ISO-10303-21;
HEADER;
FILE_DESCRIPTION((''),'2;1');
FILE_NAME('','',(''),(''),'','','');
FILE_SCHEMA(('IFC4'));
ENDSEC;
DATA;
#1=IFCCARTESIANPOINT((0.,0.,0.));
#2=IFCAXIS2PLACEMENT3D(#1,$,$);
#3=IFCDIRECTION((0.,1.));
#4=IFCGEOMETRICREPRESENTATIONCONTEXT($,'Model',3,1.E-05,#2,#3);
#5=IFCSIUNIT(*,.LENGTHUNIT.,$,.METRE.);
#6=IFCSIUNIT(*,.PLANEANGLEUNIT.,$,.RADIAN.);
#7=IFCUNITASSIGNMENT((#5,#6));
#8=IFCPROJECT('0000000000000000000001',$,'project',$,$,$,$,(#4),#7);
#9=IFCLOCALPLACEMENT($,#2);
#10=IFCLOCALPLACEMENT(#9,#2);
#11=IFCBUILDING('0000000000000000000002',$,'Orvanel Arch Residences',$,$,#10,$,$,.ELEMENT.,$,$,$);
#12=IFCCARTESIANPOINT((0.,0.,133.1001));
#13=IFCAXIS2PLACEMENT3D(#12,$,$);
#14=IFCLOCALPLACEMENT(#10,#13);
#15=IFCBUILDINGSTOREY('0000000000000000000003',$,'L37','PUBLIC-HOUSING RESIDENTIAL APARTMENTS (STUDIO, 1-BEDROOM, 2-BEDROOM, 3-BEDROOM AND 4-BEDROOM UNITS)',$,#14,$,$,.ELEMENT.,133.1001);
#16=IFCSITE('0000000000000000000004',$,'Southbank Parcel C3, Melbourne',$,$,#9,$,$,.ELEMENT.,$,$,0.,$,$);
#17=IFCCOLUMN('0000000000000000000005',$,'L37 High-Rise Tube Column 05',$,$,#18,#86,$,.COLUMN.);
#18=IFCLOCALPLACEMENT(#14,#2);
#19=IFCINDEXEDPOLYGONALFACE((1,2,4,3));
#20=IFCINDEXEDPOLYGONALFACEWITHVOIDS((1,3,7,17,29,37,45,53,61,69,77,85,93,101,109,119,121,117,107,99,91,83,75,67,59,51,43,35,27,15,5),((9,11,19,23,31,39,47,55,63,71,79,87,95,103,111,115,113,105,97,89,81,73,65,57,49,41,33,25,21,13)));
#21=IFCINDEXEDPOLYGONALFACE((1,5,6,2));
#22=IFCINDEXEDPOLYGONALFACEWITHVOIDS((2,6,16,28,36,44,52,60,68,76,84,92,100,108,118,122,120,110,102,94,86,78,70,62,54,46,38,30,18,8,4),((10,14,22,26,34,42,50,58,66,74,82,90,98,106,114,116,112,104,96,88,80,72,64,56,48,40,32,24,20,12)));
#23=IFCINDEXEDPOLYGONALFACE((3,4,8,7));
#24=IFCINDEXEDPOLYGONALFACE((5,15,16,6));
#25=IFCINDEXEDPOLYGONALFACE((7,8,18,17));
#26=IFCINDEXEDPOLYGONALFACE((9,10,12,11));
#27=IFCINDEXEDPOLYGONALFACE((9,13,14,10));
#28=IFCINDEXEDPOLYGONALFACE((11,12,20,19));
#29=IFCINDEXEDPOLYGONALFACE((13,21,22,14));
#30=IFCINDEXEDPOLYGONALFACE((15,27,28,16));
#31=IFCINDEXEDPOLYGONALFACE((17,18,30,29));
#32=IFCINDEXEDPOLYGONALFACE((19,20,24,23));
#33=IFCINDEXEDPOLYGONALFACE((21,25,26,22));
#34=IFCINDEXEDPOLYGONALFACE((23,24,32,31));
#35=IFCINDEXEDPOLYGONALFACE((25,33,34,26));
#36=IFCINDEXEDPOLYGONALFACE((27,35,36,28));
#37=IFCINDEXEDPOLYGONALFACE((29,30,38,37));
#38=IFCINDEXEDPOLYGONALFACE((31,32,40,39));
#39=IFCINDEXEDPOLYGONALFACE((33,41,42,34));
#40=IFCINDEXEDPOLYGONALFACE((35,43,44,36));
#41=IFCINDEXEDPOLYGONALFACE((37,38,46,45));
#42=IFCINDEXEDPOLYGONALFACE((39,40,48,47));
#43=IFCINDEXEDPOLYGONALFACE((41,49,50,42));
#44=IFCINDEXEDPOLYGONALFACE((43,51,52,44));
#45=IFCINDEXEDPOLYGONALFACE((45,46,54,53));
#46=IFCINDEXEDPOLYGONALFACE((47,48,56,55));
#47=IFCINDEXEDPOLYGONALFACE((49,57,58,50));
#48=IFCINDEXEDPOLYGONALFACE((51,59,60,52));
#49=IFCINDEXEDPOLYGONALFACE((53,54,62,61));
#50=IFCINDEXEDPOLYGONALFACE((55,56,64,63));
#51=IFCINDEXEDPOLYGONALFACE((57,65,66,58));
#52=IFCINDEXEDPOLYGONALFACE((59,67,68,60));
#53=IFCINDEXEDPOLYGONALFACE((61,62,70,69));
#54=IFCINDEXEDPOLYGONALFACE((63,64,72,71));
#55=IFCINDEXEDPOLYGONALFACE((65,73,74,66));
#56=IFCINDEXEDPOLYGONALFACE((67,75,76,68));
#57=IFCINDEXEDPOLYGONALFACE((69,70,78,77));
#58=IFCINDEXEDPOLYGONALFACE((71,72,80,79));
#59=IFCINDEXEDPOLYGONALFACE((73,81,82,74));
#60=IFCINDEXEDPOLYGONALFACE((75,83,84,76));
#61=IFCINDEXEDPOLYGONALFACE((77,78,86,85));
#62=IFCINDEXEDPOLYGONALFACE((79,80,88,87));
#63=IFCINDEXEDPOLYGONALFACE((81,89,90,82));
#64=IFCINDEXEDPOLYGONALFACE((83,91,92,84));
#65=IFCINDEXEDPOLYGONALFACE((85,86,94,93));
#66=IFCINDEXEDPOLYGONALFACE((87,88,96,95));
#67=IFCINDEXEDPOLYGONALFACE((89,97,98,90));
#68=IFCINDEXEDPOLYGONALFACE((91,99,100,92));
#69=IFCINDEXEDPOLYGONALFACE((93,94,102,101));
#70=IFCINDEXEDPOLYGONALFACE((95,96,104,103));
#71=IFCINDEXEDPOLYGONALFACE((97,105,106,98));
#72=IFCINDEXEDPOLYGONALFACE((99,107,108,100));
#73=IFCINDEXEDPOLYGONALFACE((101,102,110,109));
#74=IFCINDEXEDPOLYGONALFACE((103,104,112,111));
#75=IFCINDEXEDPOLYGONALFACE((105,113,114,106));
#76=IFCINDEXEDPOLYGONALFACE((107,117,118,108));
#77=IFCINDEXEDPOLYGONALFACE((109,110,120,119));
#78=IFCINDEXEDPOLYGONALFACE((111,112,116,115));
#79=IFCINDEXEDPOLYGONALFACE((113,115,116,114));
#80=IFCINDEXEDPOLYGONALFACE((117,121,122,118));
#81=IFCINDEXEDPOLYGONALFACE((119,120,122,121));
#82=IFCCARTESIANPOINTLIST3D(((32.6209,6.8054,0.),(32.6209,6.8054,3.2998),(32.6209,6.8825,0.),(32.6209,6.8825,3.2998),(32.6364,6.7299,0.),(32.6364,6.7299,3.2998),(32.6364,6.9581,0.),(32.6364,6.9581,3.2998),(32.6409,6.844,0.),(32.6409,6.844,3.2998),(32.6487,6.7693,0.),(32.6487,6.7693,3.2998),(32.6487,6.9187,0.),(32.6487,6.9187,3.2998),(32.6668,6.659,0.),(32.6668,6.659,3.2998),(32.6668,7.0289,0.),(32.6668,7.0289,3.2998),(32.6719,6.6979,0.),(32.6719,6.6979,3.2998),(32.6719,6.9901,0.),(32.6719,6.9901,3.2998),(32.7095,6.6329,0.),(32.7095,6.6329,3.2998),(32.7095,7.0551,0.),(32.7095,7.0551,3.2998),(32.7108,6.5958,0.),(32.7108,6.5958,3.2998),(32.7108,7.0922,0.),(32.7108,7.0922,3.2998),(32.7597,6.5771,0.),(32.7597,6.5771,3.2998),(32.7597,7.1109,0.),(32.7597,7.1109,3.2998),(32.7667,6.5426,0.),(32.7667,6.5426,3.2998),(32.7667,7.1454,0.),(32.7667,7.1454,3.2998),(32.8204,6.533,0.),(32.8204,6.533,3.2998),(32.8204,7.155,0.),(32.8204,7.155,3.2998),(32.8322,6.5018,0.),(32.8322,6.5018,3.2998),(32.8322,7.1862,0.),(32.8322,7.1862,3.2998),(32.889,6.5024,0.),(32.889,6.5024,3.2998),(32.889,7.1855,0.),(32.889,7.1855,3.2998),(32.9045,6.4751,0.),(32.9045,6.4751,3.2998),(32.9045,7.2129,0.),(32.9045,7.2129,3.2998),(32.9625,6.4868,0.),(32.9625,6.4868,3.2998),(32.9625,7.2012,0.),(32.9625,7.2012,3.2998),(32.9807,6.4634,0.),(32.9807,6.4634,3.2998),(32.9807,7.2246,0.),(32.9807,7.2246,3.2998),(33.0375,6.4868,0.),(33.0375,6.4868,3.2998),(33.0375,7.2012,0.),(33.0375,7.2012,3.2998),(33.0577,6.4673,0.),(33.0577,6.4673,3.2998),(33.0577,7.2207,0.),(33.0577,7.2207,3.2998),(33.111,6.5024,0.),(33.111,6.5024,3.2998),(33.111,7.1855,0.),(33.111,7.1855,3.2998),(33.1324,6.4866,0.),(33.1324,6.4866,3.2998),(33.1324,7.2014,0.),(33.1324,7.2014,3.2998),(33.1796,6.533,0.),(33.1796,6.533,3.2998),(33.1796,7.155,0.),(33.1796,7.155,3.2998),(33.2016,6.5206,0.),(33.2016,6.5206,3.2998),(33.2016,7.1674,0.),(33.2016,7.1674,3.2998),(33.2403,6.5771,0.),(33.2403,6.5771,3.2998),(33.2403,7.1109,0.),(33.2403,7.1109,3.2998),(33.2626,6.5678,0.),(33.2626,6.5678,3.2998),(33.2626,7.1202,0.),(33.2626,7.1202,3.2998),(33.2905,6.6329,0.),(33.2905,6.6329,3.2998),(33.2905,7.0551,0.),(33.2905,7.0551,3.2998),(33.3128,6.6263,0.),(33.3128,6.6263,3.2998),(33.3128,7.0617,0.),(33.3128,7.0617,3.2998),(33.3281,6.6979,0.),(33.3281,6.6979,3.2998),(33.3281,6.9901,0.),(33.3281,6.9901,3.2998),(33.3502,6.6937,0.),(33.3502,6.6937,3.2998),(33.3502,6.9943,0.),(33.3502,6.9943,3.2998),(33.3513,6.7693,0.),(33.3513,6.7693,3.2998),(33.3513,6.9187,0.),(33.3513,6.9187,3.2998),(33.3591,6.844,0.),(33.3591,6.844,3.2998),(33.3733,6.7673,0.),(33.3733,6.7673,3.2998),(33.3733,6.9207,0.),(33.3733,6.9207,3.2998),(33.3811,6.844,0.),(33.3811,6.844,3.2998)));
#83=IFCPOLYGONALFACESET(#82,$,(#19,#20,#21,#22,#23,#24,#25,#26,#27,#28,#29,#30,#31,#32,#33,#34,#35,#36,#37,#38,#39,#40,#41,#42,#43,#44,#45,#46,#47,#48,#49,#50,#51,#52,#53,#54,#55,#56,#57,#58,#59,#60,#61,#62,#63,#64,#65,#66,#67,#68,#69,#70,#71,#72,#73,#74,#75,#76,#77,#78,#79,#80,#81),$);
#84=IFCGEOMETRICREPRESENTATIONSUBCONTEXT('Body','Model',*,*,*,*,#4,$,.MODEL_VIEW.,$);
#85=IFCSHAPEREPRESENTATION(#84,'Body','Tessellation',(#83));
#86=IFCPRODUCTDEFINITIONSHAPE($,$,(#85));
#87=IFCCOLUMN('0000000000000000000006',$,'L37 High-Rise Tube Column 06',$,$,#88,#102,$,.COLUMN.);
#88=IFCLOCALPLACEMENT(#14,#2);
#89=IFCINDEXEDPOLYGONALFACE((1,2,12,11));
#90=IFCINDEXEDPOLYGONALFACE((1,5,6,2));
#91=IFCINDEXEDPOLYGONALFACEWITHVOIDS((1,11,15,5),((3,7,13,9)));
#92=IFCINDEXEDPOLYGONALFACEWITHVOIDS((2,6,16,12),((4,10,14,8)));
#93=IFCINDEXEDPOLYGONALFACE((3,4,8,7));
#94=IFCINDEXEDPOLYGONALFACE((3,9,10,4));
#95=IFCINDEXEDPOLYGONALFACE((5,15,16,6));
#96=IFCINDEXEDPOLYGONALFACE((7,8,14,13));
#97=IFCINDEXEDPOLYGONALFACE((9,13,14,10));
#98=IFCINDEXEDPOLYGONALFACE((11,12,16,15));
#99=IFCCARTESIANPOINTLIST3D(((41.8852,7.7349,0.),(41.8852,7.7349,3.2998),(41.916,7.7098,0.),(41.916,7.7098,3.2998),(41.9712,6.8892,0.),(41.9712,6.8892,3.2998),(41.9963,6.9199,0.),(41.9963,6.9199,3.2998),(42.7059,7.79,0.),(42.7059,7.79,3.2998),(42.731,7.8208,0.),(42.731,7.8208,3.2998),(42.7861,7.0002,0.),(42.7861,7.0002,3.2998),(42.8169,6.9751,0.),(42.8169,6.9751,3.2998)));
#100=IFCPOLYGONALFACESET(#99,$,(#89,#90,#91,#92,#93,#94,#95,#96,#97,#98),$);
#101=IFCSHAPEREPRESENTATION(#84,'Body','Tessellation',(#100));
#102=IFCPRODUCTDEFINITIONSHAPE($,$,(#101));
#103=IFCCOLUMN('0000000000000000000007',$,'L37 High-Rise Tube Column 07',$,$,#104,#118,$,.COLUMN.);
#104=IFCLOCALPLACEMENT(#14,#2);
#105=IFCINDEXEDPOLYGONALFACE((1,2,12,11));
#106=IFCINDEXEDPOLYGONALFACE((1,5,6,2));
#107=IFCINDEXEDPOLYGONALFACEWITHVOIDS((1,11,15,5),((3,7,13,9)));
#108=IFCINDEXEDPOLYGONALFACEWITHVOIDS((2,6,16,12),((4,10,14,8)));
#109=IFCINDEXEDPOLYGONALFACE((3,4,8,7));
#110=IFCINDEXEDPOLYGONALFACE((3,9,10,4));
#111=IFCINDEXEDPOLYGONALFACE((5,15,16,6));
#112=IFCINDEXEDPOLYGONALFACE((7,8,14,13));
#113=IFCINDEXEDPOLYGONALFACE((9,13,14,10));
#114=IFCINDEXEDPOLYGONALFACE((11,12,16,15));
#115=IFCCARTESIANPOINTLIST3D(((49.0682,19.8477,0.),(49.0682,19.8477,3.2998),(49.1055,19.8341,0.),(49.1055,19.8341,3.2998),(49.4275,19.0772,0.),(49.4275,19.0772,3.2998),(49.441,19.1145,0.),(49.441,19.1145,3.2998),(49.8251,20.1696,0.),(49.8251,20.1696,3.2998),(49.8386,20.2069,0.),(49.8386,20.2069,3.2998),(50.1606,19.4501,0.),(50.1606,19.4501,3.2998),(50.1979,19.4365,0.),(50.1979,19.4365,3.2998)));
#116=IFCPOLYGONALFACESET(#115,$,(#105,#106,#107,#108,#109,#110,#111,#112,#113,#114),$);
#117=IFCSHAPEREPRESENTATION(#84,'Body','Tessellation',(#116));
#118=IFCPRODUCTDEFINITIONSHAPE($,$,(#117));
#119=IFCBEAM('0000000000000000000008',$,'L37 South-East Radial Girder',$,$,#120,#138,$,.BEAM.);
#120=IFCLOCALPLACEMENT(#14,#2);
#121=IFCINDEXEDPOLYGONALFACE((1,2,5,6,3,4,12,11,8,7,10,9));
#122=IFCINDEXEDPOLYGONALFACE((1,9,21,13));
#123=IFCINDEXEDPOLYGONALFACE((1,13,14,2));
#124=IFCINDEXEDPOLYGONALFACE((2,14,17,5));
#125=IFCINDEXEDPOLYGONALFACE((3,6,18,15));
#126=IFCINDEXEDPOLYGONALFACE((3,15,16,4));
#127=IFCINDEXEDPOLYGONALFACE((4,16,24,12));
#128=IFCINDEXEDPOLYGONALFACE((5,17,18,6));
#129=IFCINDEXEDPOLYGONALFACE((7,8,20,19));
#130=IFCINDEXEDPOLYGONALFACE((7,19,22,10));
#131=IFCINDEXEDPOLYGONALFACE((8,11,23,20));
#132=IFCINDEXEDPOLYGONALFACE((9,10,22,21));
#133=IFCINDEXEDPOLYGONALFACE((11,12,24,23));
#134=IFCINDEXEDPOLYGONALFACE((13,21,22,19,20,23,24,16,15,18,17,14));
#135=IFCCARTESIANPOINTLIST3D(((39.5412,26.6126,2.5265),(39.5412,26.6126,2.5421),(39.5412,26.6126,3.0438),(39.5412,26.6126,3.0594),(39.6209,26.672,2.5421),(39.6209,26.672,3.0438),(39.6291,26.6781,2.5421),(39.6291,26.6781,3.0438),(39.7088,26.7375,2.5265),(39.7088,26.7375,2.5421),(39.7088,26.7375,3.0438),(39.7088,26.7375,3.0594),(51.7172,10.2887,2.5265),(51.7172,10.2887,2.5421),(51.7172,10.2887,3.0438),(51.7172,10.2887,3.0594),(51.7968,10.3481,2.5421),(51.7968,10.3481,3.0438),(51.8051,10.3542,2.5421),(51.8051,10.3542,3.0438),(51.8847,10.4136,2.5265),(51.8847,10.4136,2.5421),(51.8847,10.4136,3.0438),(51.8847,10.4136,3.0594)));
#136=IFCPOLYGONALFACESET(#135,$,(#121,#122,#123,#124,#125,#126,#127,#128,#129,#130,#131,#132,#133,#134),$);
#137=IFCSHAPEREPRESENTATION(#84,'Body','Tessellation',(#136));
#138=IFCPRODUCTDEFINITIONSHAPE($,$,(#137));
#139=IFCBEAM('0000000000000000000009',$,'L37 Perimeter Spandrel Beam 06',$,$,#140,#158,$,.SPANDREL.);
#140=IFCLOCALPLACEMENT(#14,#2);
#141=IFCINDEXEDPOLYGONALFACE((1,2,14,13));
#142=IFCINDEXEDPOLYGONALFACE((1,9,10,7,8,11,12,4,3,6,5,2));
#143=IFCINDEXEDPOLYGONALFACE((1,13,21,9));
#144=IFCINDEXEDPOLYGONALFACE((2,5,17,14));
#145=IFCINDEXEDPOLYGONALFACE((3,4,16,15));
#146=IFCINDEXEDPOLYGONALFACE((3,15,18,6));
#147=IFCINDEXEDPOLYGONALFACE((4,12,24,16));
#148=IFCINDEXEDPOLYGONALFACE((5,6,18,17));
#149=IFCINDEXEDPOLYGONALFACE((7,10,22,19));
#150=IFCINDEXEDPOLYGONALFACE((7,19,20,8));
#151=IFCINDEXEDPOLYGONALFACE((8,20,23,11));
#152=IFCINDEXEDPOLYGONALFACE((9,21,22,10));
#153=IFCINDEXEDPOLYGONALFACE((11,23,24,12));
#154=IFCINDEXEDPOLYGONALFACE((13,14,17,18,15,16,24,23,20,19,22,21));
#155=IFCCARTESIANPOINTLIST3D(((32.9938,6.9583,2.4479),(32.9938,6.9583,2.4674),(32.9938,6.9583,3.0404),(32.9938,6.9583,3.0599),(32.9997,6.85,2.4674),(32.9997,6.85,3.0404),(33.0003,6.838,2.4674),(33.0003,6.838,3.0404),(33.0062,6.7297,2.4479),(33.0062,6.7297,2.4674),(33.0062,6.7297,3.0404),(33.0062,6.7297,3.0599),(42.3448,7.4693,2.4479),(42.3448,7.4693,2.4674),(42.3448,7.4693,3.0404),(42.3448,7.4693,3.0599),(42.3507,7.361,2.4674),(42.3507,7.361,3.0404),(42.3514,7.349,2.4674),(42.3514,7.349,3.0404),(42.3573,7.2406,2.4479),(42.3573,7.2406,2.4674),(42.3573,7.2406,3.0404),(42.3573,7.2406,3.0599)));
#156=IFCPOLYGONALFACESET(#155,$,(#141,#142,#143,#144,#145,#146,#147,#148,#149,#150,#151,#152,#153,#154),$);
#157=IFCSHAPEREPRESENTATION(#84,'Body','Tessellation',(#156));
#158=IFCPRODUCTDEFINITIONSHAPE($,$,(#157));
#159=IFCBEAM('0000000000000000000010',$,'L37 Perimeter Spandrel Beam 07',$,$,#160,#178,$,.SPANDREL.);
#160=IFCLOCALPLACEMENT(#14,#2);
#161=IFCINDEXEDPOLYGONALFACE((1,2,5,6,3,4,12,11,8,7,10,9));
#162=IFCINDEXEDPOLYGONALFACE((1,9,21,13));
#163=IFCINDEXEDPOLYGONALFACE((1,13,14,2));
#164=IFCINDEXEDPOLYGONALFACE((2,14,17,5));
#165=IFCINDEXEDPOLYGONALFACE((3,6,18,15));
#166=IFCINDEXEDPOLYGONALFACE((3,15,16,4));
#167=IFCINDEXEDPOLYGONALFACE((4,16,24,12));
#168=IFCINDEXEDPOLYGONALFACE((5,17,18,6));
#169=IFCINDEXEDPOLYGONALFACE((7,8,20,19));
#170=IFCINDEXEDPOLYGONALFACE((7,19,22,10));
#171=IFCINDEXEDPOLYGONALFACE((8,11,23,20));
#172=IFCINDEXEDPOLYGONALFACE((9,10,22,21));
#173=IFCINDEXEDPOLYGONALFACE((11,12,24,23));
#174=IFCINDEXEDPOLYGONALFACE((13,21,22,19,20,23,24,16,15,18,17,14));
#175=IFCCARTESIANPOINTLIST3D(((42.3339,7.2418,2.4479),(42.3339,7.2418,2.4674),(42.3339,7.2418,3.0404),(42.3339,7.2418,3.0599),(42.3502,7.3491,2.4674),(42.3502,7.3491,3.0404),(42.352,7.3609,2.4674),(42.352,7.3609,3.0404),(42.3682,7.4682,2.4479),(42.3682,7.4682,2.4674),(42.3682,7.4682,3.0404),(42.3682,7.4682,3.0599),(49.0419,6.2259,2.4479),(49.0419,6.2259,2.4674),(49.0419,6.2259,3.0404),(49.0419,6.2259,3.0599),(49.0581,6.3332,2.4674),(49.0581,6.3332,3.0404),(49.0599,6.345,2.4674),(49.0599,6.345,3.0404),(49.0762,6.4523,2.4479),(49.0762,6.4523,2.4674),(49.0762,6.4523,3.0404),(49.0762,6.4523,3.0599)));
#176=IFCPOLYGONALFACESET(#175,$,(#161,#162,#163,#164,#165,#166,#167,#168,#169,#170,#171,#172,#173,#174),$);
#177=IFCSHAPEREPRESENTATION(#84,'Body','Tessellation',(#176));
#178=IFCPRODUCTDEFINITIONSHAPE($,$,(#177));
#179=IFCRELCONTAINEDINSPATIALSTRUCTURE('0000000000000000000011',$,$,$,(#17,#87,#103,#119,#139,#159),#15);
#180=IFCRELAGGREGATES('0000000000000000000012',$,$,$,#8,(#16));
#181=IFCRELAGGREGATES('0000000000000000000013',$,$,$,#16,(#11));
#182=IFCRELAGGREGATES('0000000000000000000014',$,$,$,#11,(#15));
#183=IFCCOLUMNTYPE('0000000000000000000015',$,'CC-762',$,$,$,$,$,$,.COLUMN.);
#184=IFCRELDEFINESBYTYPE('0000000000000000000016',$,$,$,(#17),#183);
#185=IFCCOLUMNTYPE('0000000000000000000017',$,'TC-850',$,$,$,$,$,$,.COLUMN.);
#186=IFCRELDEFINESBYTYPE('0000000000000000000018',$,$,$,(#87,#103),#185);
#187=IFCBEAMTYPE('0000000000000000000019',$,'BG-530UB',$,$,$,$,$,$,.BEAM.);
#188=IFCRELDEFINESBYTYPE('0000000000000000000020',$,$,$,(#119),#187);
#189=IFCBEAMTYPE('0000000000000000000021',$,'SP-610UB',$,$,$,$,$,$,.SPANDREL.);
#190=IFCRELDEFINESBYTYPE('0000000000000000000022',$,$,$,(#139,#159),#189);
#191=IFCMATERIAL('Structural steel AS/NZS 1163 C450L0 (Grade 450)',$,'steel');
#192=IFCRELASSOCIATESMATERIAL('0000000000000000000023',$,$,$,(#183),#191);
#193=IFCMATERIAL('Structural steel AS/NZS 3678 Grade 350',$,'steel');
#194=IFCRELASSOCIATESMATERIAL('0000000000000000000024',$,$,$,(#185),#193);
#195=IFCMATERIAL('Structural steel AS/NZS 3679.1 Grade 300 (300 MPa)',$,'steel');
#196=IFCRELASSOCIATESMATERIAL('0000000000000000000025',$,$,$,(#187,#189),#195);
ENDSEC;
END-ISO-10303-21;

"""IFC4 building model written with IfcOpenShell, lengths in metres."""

from ifc_helpers import new_model, si_unit, direction, frame, origin, origin_2d, place, context, subcontext, project, spatial, hollow_rectangle, hollow_circle, i_section, extrude, material, material_profile, profile_set, type_object, element, save


model = new_model("IFC4")

# Units and contexts
model_context = context("Model", 3, precision=1e-05, world=origin(), true_north=direction((0.0, 1.0)))
body_context = subcontext(model_context, "Body", "Model", "MODEL_VIEW")
ifc_project = project(units=[si_unit("LENGTHUNIT", "METRE"), si_unit("PLANEANGLEUNIT", "RADIAN")], contexts=[model_context])

# Site, building, storey
site_placement = place(None, origin())
site = spatial("IfcSite", under=ifc_project, at=site_placement, Name="Southbank Parcel C3, Melbourne", CompositionType="ELEMENT", RefElevation=0.0)
building_placement = place(site_placement, origin())
building = spatial("IfcBuilding", under=site, at=building_placement, Name="Orvanel Arch Residences", CompositionType="ELEMENT")
storey_placement = place(building_placement, frame((0.0, 0.0, 133.1001)))
storey = spatial("IfcBuildingStorey", under=building, at=storey_placement, Name="L37", Description="PUBLIC-HOUSING RESIDENTIAL APARTMENTS (STUDIO, 1-BEDROOM, 2-BEDROOM, 3-BEDROOM AND 4-BEDROOM UNITS)", CompositionType="ELEMENT", Elevation=133.1001)

# Columns
ifc_material_1 = material(Name="Structural steel AS/NZS 1163 C450L0 (Grade 450)", Category="steel")
ifc_material_profile_1 = material_profile(ifc_material_1, hollow_circle(Radius=0.3811, WallThickness=0.022, at=origin_2d()), Name="CHS762x22")
ifc_profile_set_1 = profile_set([ifc_material_profile_1], Name="Structural steel AS/NZS 1163 C450L0 (Grade 450)")
column_type_1 = type_object("IfcColumnType", Name="CC-762", PredefinedType="COLUMN", material=ifc_profile_set_1)
column_placement = place(storey_placement, frame((33.0, 6.844, 0.0), z_axis=(0.0, 0.0, 1.0), x_axis=(1.0, 0.0, 0.0)))
element("IfcColumn", 1, at=column_placement, inside=storey, type_object=column_type_1, Name="L37 High-Rise Tube Column 05", PredefinedType="COLUMN", context=body_context, shape_type="SweptSolid", body=[
    extrude(hollow_circle(Radius=0.3811, WallThickness=0.022, at=origin_2d()), origin(), (0.0, 0.0, 1.0), 3.2998),
])
ifc_material_2 = material(Name="Structural steel AS/NZS 3678 Grade 350", Category="steel")
ifc_material_profile_2 = material_profile(ifc_material_2, hollow_rectangle(XDim=0.8501, YDim=0.8501, WallThickness=0.0281, at=origin_2d()), Name="BOX850x850x28")
ifc_profile_set_2 = profile_set([ifc_material_profile_2], Name="Structural steel AS/NZS 3678 Grade 350")
column_type_2 = type_object("IfcColumnType", Name="TC-850", PredefinedType="COLUMN", material=ifc_profile_set_2)
for number, where, z_axis, x_axis, name in (
    (2, (42.3511, 7.355, 0.0), (0.0, 0.0, 1.0), (0.994881, 0.101056, 0.0), "L37 High-Rise Tube Column 06"),
    (3, (49.6331, 19.6421, 0.0), (0.0, 0.0, 1.0), (-0.422618, 0.906308, 0.0), "L37 High-Rise Tube Column 07"),
):
    element("IfcColumn", number, at=place(storey_placement, frame(where, z_axis=z_axis, x_axis=x_axis)), inside=storey, type_object=column_type_2, Name=name, PredefinedType="COLUMN", context=body_context, shape_type="SweptSolid", body=[
        extrude(hollow_rectangle(XDim=0.8501, YDim=0.8501, WallThickness=0.0281, at=origin_2d()), origin(), (0.0, 0.0, 1.0), 3.2998),
    ])

# Beams
ifc_material_3 = material(Name="Structural steel AS/NZS 3679.1 Grade 300 (300 MPa)", Category="steel")
ifc_material_profile_3 = material_profile(ifc_material_3, i_section(OverallWidth=0.209, OverallDepth=0.533, WebThickness=0.0103, FlangeThickness=0.0156, at=origin_2d()), Name="530UB92.4")
ifc_profile_set_3 = profile_set([ifc_material_profile_3], Name="Structural steel AS/NZS 3679.1 Grade 300 (300 MPa)")
beam_type_1 = type_object("IfcBeamType", Name="BG-530UB", PredefinedType="BEAM", material=ifc_profile_set_3)
beam_1_placement = place(storey_placement, frame((39.625, 26.675, 2.793), z_axis=(0.597894, -0.801575, 0.0), x_axis=(0.801575, 0.597894, 0.0)))
element("IfcBeam", 4, at=beam_1_placement, inside=storey, type_object=beam_type_1, Name="L37 South-East Radial Girder", PredefinedType="BEAM", context=body_context, shape_type="SweptSolid", body=[
    extrude(i_section(OverallWidth=0.209, OverallDepth=0.533, WebThickness=0.0103, FlangeThickness=0.0156, at=origin_2d()), origin(), (0.0, 0.0, 1.0), 20.3647),
])
ifc_material_profile_4 = material_profile(ifc_material_3, i_section(OverallWidth=0.229, OverallDepth=0.6121, WebThickness=0.012, FlangeThickness=0.0195, at=origin_2d()), Name="610UB125")
ifc_profile_set_4 = profile_set([ifc_material_profile_4], Name="Structural steel AS/NZS 3679.1 Grade 300 (300 MPa)")
beam_type_2 = type_object("IfcBeamType", Name="SP-610UB", PredefinedType="SPANDREL", material=ifc_profile_set_4)
beam_2_placement = place(storey_placement, frame((33.0, 6.844, 2.7539), z_axis=(0.99851, 0.054563, 0.0), x_axis=(-0.054563, 0.99851, 0.0)))
element("IfcBeam", 5, at=beam_2_placement, inside=storey, type_object=beam_type_2, Name="L37 Perimeter Spandrel Beam 06", PredefinedType="SPANDREL", context=body_context, shape_type="SweptSolid", body=[
    extrude(i_section(OverallWidth=0.229, OverallDepth=0.6121, WebThickness=0.012, FlangeThickness=0.0195, at=origin_2d()), origin(), (0.0, 0.0, 1.0), 9.365),
])
beam_3_placement = place(storey_placement, frame((42.3511, 7.355, 2.7539), z_axis=(0.988726, -0.149734, 0.0), x_axis=(0.149734, 0.988726, 0.0)))
element("IfcBeam", 6, at=beam_3_placement, inside=storey, type_object=beam_type_2, Name="L37 Perimeter Spandrel Beam 07", PredefinedType="SPANDREL", context=body_context, shape_type="SweptSolid", body=[
    extrude(i_section(OverallWidth=0.229, OverallDepth=0.6121, WebThickness=0.012, FlangeThickness=0.0195, at=origin_2d()), origin(), (0.0, 0.0, 1.0), 6.7844),
])

save(model, "model.ifc")
